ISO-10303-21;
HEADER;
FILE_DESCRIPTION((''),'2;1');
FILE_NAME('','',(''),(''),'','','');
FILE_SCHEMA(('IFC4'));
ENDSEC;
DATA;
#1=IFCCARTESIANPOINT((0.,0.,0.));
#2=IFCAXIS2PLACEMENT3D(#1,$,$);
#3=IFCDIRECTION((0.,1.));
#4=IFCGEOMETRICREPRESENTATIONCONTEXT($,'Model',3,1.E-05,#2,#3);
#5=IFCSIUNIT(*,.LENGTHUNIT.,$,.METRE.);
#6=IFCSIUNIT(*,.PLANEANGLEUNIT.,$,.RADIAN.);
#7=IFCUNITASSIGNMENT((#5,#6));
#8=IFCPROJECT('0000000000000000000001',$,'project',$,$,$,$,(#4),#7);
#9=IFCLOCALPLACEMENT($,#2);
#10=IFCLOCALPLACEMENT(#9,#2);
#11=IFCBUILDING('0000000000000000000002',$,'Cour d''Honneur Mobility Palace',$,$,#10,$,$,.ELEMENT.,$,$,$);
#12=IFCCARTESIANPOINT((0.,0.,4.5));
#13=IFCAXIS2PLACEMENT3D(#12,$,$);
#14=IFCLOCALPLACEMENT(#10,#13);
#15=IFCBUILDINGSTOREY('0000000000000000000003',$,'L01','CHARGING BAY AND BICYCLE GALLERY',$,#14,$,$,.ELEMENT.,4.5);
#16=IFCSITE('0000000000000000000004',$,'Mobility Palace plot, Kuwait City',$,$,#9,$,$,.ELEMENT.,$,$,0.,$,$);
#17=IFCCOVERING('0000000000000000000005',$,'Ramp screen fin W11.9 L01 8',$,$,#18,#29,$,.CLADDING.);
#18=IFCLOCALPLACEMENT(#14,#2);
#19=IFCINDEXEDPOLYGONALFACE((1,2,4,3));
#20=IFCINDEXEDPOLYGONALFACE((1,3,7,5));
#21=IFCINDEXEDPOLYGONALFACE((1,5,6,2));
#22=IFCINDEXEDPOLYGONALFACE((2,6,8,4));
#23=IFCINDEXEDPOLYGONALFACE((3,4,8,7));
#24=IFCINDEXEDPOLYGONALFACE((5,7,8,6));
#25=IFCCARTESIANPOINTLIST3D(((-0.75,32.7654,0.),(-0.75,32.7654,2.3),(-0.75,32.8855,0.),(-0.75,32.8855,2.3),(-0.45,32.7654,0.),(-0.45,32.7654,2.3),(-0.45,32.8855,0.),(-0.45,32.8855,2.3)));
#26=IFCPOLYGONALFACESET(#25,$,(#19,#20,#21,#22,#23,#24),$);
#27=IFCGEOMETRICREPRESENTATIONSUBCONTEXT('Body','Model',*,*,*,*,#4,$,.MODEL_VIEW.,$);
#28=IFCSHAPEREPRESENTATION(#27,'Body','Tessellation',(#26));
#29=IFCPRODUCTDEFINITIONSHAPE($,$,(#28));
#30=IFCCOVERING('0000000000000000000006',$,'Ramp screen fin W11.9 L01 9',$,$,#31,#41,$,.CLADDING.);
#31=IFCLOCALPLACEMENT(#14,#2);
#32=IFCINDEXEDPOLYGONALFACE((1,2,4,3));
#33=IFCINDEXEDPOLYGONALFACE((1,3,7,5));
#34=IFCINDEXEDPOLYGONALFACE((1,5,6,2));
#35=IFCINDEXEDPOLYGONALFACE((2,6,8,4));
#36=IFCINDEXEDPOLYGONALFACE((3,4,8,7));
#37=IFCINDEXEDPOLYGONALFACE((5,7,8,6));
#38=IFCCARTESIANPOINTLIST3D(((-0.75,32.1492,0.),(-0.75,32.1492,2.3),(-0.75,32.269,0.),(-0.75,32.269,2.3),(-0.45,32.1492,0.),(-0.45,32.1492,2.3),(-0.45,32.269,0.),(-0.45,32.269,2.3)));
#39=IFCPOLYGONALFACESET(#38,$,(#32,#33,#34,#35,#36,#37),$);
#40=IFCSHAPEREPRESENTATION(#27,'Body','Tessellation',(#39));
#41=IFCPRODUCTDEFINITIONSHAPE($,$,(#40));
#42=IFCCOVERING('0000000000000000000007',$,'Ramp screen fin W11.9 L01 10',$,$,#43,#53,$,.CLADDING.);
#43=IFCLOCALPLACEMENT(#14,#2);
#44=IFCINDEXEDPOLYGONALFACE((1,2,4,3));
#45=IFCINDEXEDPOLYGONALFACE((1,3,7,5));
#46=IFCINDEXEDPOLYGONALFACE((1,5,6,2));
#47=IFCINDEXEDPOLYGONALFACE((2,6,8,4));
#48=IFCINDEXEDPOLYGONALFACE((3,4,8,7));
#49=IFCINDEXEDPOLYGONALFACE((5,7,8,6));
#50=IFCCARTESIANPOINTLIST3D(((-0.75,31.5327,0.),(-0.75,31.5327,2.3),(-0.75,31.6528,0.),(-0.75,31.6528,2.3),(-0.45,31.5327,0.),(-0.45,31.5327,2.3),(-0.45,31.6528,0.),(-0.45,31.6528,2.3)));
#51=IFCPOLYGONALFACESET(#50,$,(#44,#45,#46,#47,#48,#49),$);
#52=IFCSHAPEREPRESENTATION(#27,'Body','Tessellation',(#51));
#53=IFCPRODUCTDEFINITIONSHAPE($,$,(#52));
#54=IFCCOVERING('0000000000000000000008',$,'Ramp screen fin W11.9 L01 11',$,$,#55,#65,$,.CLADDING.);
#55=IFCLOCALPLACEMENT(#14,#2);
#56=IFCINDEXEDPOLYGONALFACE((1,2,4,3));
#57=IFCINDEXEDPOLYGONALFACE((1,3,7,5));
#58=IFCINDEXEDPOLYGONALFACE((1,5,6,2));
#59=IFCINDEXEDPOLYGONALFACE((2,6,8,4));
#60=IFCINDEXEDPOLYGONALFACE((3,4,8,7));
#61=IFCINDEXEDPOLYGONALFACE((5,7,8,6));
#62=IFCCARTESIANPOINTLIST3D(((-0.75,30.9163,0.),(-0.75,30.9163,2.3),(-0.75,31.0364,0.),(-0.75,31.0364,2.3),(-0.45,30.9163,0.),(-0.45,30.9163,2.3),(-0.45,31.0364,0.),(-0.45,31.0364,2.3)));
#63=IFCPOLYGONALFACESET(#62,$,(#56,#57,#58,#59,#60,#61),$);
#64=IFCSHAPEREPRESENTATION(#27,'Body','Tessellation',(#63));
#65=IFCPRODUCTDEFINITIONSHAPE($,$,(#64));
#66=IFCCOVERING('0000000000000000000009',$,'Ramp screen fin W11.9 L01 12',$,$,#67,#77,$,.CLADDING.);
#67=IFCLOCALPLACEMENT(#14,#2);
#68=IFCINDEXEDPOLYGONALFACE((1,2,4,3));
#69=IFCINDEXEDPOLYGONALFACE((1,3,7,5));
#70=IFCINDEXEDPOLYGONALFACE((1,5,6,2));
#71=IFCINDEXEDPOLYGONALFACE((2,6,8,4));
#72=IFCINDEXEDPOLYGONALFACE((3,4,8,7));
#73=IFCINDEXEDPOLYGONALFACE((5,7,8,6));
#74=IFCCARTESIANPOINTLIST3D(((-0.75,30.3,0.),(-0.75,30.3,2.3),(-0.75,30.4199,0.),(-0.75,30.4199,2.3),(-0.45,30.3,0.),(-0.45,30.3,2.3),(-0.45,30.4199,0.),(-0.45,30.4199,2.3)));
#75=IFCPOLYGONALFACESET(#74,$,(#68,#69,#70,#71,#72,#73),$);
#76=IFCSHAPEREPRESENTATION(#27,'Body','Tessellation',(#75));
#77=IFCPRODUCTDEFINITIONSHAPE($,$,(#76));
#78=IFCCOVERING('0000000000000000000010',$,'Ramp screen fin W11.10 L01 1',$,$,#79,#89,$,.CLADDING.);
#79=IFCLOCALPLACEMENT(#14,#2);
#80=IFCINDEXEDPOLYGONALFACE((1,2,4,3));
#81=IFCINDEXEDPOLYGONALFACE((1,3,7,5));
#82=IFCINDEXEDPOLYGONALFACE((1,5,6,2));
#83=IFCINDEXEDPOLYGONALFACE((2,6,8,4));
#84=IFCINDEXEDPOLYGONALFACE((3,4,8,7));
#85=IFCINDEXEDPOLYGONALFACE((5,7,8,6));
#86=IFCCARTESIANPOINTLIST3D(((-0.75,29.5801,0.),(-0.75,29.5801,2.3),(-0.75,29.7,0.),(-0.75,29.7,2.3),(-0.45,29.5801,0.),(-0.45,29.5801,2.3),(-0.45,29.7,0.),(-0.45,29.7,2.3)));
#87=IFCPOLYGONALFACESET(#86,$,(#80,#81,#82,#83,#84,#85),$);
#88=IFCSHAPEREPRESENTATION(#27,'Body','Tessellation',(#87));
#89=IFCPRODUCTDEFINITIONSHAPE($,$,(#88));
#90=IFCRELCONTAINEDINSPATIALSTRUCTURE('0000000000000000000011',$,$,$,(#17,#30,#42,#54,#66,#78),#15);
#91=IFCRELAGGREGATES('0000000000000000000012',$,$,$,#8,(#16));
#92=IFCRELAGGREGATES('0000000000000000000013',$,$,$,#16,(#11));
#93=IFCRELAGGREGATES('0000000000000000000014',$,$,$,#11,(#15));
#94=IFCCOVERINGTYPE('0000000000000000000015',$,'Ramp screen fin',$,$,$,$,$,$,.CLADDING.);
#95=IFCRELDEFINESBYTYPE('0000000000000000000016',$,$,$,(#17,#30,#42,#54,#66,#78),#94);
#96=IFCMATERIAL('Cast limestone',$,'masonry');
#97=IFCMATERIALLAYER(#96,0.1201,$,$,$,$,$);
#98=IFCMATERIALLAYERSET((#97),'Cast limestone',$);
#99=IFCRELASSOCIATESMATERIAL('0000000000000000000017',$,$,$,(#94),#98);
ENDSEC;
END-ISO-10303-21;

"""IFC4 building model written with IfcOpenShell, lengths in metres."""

from ifc_helpers import new_model, si_unit, direction, frame, origin, place, context, subcontext, project, spatial, polyline, outline, extrude, material, layer, layer_set, type_object, element, save


model = new_model("IFC4")

# Units and contexts
model_context = context("Model", 3, precision=1e-05, world=origin(), true_north=direction((0.0, 1.0)))
body_context = subcontext(model_context, "Body", "Model", "MODEL_VIEW")
ifc_project = project(units=[si_unit("LENGTHUNIT", "METRE"), si_unit("PLANEANGLEUNIT", "RADIAN")], contexts=[model_context])

# Site, building, storey
site_placement = place(None, origin())
site = spatial("IfcSite", under=ifc_project, at=site_placement, Name="Mobility Palace plot, Kuwait City", CompositionType="ELEMENT", RefElevation=0.0)
building_placement = place(site_placement, origin())
building = spatial("IfcBuilding", under=site, at=building_placement, Name="Cour d'Honneur Mobility Palace", CompositionType="ELEMENT")
storey_placement = place(building_placement, frame((0.0, 0.0, 4.5)))
storey = spatial("IfcBuildingStorey", under=building, at=storey_placement, Name="L01", Description="CHARGING BAY AND BICYCLE GALLERY", CompositionType="ELEMENT", Elevation=4.5)

# Coverings
ifc_material = material(Name="Cast limestone", Category="masonry")
ifc_layer = layer(ifc_material, 0.1201)
ifc_layer_set = layer_set([ifc_layer], Name="Cast limestone")
covering_type = type_object("IfcCoveringType", Name="Ramp screen fin", PredefinedType="CLADDING", material=ifc_layer_set)
covering_1_placement = place(storey_placement, origin())
element("IfcCovering", 1, at=covering_1_placement, inside=storey, type_object=covering_type, Name="Ramp screen fin W11.9 L01 8", PredefinedType="CLADDING", context=body_context, shape_type="SweptSolid", body=[
    extrude(outline(polyline([(-0.45, 32.8855), (-0.45, 32.7654), (-0.75, 32.7654), (-0.75, 32.8855), (-0.45, 32.8855)])), origin(), (0.0, 0.0, 1.0), 2.3),
])
covering_2_placement = place(storey_placement, origin())
element("IfcCovering", 2, at=covering_2_placement, inside=storey, type_object=covering_type, Name="Ramp screen fin W11.9 L01 9", PredefinedType="CLADDING", context=body_context, shape_type="SweptSolid", body=[
    extrude(outline(polyline([(-0.45, 32.269), (-0.45, 32.1492), (-0.75, 32.1492), (-0.75, 32.269), (-0.45, 32.269)])), origin(), (0.0, 0.0, 1.0), 2.3),
])
covering_3_placement = place(storey_placement, origin())
element("IfcCovering", 3, at=covering_3_placement, inside=storey, type_object=covering_type, Name="Ramp screen fin W11.9 L01 10", PredefinedType="CLADDING", context=body_context, shape_type="SweptSolid", body=[
    extrude(outline(polyline([(-0.45, 31.6528), (-0.45, 31.5327), (-0.75, 31.5327), (-0.75, 31.6528), (-0.45, 31.6528)])), origin(), (0.0, 0.0, 1.0), 2.3),
])
covering_4_placement = place(storey_placement, origin())
element("IfcCovering", 4, at=covering_4_placement, inside=storey, type_object=covering_type, Name="Ramp screen fin W11.9 L01 11", PredefinedType="CLADDING", context=body_context, shape_type="SweptSolid", body=[
    extrude(outline(polyline([(-0.45, 31.0364), (-0.45, 30.9163), (-0.75, 30.9163), (-0.75, 31.0364), (-0.45, 31.0364)])), origin(), (0.0, 0.0, 1.0), 2.3),
])
covering_5_placement = place(storey_placement, origin())
element("IfcCovering", 5, at=covering_5_placement, inside=storey, type_object=covering_type, Name="Ramp screen fin W11.9 L01 12", PredefinedType="CLADDING", context=body_context, shape_type="SweptSolid", body=[
    extrude(outline(polyline([(-0.45, 30.4199), (-0.45, 30.3), (-0.75, 30.3), (-0.75, 30.4199), (-0.45, 30.4199)])), origin(), (0.0, 0.0, 1.0), 2.3),
])
covering_6_placement = place(storey_placement, origin())
element("IfcCovering", 6, at=covering_6_placement, inside=storey, type_object=covering_type, Name="Ramp screen fin W11.10 L01 1", PredefinedType="CLADDING", context=body_context, shape_type="SweptSolid", body=[
    extrude(outline(polyline([(-0.45, 29.7), (-0.45, 29.5801), (-0.75, 29.5801), (-0.75, 29.7), (-0.45, 29.7)])), origin(), (0.0, 0.0, 1.0), 2.3),
])

save(model, "model.ifc")
